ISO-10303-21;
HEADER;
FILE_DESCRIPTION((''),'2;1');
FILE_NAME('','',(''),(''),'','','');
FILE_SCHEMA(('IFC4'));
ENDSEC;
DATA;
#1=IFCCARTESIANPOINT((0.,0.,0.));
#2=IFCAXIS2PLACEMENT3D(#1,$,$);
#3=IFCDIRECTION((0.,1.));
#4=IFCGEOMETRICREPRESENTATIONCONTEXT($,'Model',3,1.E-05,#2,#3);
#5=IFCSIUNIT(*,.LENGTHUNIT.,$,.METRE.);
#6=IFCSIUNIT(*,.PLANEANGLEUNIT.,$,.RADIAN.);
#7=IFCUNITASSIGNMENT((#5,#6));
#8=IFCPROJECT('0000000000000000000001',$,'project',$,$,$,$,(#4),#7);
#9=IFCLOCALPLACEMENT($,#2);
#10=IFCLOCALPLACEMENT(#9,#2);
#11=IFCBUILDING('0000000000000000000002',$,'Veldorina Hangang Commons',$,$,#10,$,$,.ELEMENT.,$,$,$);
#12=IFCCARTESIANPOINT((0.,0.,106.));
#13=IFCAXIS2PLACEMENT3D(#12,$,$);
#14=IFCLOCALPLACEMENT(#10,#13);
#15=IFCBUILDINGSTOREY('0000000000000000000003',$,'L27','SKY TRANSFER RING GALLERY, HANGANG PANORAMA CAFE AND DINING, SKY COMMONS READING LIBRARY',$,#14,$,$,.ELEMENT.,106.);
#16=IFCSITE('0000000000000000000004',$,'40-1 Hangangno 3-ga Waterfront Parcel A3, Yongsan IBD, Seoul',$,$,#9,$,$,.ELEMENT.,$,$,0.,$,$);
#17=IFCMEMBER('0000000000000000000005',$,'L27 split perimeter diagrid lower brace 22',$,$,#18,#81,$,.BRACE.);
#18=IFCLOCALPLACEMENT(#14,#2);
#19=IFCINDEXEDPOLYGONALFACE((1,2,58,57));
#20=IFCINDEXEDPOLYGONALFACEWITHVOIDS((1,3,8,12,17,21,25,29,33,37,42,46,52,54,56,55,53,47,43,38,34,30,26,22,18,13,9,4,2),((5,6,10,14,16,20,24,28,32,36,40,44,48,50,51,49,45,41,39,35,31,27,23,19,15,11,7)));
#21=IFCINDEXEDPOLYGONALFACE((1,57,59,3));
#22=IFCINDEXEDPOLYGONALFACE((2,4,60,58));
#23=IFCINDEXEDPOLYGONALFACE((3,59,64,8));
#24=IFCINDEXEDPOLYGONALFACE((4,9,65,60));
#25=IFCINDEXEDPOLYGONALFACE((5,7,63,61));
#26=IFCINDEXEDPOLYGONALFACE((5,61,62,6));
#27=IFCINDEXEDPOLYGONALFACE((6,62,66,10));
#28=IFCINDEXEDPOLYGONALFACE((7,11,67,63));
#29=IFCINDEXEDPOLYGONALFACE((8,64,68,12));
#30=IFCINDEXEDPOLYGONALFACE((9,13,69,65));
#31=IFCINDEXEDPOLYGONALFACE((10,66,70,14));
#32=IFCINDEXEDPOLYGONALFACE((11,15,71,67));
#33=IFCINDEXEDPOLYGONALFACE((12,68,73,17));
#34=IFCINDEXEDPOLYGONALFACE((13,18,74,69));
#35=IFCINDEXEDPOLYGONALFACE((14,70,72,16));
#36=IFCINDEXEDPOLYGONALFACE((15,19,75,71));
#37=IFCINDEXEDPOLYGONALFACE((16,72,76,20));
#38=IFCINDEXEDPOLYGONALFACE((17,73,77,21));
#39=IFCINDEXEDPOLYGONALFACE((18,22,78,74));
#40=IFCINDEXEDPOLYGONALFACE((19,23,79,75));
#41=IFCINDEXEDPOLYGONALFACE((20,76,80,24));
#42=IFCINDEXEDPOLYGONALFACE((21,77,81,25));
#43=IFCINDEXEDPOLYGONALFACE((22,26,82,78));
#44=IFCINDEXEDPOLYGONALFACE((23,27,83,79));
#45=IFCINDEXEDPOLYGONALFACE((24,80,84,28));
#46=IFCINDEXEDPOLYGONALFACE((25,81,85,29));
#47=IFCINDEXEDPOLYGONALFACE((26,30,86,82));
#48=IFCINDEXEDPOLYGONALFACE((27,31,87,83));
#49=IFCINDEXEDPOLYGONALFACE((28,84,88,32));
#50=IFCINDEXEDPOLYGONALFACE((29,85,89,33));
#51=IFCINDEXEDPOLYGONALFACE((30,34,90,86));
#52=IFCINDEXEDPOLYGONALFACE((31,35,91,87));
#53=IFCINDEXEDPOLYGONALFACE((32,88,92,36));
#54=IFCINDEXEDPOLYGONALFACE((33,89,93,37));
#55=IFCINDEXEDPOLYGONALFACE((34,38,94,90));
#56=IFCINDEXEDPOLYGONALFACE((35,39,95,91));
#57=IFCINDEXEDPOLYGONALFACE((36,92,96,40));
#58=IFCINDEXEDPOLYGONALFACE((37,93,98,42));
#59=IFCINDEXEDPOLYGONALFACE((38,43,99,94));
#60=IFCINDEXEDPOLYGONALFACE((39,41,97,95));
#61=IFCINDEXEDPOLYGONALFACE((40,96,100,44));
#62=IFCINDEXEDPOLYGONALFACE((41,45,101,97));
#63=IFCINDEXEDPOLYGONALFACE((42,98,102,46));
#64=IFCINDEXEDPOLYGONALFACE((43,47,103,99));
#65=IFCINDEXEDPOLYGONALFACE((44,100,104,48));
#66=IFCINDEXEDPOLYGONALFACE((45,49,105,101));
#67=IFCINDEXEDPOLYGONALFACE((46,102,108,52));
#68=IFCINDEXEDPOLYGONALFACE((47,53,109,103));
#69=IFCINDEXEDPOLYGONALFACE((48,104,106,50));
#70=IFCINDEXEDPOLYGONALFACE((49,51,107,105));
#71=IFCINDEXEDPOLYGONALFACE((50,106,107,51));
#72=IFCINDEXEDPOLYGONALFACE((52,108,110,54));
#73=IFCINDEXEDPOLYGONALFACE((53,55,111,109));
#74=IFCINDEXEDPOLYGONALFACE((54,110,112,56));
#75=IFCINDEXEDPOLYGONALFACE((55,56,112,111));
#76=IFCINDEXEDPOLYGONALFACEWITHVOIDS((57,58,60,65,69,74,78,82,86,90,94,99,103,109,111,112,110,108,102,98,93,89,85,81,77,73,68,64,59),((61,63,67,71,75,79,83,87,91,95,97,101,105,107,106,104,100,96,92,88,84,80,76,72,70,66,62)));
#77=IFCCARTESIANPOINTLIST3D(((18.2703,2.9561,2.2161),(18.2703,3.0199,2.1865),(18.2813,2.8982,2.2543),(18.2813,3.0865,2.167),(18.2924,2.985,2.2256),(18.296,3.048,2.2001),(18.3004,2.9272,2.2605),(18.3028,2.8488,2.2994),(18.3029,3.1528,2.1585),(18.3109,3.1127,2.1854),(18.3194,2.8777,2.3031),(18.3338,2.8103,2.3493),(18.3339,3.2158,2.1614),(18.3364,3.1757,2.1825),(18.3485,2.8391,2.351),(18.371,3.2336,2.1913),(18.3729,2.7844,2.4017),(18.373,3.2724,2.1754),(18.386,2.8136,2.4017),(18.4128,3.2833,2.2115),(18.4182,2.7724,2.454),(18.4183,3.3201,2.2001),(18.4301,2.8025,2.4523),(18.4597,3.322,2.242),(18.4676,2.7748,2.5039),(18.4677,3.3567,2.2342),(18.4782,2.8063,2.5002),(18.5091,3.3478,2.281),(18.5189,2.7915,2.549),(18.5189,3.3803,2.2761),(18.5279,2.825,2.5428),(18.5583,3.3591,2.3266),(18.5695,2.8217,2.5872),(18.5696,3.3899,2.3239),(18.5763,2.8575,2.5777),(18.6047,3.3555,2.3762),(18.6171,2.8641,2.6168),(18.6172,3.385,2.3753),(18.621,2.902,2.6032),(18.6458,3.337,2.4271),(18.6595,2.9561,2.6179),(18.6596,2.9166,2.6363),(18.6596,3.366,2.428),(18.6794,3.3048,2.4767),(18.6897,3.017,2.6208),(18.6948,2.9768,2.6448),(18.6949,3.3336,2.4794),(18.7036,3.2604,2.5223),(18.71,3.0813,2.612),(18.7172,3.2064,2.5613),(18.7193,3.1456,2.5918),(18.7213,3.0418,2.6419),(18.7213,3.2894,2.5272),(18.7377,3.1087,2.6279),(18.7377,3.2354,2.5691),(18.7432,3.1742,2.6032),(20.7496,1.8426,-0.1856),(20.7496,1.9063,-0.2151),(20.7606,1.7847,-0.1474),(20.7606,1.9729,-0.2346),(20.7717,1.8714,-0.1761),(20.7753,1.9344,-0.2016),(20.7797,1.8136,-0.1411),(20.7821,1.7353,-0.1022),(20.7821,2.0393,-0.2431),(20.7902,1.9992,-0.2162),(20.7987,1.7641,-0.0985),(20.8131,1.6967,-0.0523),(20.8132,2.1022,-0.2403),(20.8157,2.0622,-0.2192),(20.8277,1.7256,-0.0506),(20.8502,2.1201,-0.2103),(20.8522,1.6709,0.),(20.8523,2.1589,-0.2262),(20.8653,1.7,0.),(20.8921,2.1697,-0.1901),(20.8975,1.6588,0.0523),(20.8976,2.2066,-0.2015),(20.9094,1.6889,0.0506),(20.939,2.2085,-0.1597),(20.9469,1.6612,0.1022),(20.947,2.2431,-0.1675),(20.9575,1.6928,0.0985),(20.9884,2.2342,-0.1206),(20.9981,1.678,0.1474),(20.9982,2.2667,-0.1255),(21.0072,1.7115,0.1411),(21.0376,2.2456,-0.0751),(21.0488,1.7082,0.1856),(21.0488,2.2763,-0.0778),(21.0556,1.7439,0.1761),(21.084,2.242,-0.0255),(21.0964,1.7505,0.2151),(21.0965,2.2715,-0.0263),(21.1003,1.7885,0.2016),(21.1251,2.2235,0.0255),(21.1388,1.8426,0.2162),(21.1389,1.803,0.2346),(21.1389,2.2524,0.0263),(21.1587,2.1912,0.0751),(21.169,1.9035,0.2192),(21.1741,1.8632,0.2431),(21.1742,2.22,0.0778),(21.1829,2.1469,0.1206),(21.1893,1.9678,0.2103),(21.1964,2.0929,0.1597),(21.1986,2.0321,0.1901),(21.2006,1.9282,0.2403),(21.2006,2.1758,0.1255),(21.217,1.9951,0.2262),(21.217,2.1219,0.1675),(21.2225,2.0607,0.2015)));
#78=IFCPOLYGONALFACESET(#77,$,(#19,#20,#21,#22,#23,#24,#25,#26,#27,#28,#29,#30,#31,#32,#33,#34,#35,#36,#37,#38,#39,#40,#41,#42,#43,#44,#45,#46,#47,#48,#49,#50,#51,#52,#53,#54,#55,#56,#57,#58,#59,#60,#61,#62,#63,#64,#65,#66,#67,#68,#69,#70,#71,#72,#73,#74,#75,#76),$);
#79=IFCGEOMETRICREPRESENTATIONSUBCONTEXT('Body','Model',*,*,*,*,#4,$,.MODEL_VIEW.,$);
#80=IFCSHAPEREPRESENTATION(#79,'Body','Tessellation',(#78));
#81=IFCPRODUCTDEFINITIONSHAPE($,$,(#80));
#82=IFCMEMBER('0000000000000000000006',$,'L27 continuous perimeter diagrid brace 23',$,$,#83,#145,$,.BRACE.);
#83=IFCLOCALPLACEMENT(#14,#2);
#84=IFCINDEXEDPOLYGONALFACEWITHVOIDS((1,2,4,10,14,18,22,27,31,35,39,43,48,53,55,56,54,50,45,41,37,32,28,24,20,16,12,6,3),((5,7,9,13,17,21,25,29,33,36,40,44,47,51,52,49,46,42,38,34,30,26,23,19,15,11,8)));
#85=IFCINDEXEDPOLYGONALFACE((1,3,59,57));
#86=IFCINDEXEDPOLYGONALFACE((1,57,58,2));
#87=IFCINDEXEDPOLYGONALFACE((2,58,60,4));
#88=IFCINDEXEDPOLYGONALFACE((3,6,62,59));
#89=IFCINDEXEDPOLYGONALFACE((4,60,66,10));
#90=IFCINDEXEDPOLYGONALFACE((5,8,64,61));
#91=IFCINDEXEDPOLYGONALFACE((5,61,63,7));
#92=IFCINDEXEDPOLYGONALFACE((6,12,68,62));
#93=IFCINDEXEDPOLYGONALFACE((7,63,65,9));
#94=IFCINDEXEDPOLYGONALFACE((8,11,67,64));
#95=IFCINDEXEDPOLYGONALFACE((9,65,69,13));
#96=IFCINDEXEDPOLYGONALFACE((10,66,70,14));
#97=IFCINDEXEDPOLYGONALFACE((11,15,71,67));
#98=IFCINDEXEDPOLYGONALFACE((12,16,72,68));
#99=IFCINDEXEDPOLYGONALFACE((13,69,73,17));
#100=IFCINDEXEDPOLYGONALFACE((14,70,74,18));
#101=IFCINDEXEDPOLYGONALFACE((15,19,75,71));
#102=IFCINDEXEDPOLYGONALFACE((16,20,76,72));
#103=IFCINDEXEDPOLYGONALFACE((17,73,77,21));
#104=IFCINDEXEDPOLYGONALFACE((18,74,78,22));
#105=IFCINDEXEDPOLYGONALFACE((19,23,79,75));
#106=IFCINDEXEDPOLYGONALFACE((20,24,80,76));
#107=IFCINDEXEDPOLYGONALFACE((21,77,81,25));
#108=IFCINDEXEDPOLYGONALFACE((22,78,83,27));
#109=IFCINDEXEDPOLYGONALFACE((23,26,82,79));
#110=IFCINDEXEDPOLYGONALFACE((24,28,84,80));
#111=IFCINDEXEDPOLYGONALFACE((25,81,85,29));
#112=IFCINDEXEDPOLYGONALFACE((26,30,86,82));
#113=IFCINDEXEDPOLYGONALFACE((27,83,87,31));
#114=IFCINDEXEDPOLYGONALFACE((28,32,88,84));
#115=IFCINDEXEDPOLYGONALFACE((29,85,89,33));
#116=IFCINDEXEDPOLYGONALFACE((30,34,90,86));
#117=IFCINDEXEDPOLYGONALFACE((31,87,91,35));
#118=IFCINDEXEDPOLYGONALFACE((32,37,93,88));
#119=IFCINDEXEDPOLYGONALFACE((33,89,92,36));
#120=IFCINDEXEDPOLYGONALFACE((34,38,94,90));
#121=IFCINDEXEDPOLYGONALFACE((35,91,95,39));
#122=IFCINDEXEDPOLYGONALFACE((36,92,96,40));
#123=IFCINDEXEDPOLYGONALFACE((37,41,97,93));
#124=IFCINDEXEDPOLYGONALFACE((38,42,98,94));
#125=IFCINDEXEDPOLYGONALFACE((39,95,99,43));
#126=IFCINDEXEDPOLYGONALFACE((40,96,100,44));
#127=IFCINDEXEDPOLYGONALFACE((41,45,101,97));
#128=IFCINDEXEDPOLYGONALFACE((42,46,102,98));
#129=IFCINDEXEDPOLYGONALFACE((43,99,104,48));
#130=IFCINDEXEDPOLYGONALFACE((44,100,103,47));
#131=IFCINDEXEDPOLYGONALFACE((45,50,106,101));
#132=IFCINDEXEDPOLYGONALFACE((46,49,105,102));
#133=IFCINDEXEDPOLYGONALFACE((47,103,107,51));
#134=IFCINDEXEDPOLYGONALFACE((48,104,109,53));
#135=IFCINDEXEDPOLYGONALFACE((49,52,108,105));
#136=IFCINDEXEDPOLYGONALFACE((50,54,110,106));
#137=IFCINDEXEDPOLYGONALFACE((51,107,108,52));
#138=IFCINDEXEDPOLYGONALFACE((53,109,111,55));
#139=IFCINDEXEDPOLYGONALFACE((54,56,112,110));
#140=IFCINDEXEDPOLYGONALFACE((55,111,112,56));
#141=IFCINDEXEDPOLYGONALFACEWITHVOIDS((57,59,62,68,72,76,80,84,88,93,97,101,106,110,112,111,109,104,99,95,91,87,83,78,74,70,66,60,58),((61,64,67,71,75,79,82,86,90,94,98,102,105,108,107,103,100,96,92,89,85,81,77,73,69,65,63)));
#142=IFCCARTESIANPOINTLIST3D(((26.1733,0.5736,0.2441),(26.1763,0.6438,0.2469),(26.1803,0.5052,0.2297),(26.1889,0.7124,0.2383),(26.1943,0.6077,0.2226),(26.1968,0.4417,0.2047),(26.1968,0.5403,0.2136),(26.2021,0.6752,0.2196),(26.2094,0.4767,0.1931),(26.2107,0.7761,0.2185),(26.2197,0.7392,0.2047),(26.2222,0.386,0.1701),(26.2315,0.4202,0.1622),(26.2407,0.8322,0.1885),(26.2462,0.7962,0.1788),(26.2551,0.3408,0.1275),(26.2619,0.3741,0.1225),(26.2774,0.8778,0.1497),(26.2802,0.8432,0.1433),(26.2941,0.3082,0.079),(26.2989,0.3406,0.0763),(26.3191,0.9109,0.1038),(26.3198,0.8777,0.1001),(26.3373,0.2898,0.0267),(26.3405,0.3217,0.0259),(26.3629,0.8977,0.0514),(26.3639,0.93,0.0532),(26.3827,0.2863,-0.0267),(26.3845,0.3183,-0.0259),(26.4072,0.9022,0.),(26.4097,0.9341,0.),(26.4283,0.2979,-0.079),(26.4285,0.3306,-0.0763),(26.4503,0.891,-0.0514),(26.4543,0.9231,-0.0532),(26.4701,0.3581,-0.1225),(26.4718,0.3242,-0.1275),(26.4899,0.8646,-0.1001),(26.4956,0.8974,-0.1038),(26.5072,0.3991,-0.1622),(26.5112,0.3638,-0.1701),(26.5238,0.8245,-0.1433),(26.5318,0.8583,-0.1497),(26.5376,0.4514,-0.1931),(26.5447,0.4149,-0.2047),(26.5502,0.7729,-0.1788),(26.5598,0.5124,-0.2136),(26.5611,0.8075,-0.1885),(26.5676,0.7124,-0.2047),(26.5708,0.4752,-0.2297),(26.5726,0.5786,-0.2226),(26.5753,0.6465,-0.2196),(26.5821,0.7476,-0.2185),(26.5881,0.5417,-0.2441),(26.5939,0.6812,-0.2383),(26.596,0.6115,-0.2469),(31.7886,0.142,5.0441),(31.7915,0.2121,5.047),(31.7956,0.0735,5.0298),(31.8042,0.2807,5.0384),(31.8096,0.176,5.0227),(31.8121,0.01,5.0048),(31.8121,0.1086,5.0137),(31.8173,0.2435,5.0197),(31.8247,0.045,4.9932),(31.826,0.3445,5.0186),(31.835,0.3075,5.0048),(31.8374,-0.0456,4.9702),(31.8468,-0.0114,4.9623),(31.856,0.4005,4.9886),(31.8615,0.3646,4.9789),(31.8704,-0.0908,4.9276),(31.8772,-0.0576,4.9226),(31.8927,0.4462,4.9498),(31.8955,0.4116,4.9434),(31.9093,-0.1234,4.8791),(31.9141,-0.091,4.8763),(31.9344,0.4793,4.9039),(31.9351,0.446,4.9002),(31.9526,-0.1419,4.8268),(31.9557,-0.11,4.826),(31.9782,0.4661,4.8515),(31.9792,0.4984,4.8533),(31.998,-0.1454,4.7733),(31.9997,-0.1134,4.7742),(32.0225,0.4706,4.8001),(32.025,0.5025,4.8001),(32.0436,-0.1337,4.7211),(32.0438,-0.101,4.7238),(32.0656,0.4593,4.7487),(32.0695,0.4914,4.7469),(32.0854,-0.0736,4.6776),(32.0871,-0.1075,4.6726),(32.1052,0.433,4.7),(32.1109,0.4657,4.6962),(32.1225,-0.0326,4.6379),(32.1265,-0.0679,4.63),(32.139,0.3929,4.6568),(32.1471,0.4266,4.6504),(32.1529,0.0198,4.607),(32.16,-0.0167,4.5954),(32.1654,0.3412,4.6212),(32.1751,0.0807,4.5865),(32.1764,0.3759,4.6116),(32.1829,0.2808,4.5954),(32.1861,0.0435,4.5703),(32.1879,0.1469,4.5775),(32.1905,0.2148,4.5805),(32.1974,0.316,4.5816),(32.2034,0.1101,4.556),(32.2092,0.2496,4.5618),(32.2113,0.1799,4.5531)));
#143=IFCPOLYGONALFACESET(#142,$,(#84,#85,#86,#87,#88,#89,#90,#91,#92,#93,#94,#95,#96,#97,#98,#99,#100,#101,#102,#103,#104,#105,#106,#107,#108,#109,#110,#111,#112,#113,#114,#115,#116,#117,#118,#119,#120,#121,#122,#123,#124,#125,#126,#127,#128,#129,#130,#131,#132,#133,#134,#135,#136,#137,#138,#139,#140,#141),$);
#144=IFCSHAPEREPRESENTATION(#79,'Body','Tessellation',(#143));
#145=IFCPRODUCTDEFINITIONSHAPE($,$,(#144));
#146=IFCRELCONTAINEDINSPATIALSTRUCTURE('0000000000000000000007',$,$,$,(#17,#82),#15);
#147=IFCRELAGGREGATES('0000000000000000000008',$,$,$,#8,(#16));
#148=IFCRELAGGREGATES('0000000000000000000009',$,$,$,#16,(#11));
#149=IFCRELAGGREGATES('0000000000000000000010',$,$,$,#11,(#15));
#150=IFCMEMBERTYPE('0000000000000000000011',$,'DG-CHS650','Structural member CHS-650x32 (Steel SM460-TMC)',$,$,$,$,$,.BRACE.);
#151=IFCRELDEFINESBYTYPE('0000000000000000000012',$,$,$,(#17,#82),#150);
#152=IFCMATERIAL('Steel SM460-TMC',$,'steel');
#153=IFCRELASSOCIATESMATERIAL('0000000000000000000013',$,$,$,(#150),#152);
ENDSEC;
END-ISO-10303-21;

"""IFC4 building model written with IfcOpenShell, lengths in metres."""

from ifc_helpers import new_model, si_unit, direction, frame, origin, origin_2d, place, context, subcontext, project, spatial, hollow_circle, extrude, material, material_profile, profile_set, type_object, element, save


model = new_model("IFC4")

# Units and contexts
model_context = context("Model", 3, precision=1e-05, world=origin(), true_north=direction((0.0, 1.0)))
body_context = subcontext(model_context, "Body", "Model", "MODEL_VIEW")
ifc_project = project(units=[si_unit("LENGTHUNIT", "METRE"), si_unit("PLANEANGLEUNIT", "RADIAN")], contexts=[model_context])

# Site, building, storey
site_placement = place(None, origin())
site = spatial("IfcSite", under=ifc_project, at=site_placement, Name="40-1 Hangangno 3-ga Waterfront Parcel A3, Yongsan IBD, Seoul", CompositionType="ELEMENT", RefElevation=0.0)
building_placement = place(site_placement, origin())
building = spatial("IfcBuilding", under=site, at=building_placement, Name="Veldorina Hangang Commons", CompositionType="ELEMENT")
storey_placement = place(building_placement, frame((0.0, 0.0, 106.0)))
storey = spatial("IfcBuildingStorey", under=building, at=storey_placement, Name="L27", Description="SKY TRANSFER RING GALLERY, HANGANG PANORAMA CAFE AND DINING, SKY COMMONS READING LIBRARY", CompositionType="ELEMENT", Elevation=106.0)

# Members
ifc_material_1 = material(Name="Steel SM460-TMC", Category="steel")
ifc_material_profile_1 = material_profile(ifc_material_1, hollow_circle(Radius=0.325, WallThickness=0.032, at=origin_2d()), Name="CHS-650x32")
ifc_profile_set_1 = profile_set([ifc_material_profile_1], Name="Steel SM460-TMC")
member_type_1 = type_object("IfcMemberType", Name="DG-CHS650", Description="Structural member CHS-650x32 (Steel SM460-TMC)", PredefinedType="BRACE", material=ifc_profile_set_1)
member_1_placement = place(storey_placement, frame((20.9854, 1.9673, 0.0), z_axis=(-0.683574, 0.307019, 0.662168), x_axis=(-0.409711, -0.912215, 0.0)))
element("IfcMember", 1, at=member_1_placement, inside=storey, type_object=member_type_1, Name="L27 split perimeter diagrid lower brace 22", PredefinedType="BRACE", context=body_context, shape_type="SweptSolid", body=[
    extrude(hollow_circle(Radius=0.325, WallThickness=0.032, at=origin_2d()), origin(), (0.0, 0.0, 1.0), 3.627),
])
member_2_placement = place(storey_placement, frame((26.3848, 0.6101, 0.0), z_axis=(0.758832, -0.058331, 0.648669), x_axis=(0.076643, 0.997059, 0.0)))
element("IfcMember", 2, at=member_2_placement, inside=storey, type_object=member_type_1, Name="L27 continuous perimeter diagrid brace 23", PredefinedType="BRACE", context=body_context, shape_type="SweptSolid", body=[
    extrude(hollow_circle(Radius=0.325, WallThickness=0.032, at=origin_2d()), origin(), (0.0, 0.0, 1.0), 7.3999),
])

save(model, "model.ifc")
